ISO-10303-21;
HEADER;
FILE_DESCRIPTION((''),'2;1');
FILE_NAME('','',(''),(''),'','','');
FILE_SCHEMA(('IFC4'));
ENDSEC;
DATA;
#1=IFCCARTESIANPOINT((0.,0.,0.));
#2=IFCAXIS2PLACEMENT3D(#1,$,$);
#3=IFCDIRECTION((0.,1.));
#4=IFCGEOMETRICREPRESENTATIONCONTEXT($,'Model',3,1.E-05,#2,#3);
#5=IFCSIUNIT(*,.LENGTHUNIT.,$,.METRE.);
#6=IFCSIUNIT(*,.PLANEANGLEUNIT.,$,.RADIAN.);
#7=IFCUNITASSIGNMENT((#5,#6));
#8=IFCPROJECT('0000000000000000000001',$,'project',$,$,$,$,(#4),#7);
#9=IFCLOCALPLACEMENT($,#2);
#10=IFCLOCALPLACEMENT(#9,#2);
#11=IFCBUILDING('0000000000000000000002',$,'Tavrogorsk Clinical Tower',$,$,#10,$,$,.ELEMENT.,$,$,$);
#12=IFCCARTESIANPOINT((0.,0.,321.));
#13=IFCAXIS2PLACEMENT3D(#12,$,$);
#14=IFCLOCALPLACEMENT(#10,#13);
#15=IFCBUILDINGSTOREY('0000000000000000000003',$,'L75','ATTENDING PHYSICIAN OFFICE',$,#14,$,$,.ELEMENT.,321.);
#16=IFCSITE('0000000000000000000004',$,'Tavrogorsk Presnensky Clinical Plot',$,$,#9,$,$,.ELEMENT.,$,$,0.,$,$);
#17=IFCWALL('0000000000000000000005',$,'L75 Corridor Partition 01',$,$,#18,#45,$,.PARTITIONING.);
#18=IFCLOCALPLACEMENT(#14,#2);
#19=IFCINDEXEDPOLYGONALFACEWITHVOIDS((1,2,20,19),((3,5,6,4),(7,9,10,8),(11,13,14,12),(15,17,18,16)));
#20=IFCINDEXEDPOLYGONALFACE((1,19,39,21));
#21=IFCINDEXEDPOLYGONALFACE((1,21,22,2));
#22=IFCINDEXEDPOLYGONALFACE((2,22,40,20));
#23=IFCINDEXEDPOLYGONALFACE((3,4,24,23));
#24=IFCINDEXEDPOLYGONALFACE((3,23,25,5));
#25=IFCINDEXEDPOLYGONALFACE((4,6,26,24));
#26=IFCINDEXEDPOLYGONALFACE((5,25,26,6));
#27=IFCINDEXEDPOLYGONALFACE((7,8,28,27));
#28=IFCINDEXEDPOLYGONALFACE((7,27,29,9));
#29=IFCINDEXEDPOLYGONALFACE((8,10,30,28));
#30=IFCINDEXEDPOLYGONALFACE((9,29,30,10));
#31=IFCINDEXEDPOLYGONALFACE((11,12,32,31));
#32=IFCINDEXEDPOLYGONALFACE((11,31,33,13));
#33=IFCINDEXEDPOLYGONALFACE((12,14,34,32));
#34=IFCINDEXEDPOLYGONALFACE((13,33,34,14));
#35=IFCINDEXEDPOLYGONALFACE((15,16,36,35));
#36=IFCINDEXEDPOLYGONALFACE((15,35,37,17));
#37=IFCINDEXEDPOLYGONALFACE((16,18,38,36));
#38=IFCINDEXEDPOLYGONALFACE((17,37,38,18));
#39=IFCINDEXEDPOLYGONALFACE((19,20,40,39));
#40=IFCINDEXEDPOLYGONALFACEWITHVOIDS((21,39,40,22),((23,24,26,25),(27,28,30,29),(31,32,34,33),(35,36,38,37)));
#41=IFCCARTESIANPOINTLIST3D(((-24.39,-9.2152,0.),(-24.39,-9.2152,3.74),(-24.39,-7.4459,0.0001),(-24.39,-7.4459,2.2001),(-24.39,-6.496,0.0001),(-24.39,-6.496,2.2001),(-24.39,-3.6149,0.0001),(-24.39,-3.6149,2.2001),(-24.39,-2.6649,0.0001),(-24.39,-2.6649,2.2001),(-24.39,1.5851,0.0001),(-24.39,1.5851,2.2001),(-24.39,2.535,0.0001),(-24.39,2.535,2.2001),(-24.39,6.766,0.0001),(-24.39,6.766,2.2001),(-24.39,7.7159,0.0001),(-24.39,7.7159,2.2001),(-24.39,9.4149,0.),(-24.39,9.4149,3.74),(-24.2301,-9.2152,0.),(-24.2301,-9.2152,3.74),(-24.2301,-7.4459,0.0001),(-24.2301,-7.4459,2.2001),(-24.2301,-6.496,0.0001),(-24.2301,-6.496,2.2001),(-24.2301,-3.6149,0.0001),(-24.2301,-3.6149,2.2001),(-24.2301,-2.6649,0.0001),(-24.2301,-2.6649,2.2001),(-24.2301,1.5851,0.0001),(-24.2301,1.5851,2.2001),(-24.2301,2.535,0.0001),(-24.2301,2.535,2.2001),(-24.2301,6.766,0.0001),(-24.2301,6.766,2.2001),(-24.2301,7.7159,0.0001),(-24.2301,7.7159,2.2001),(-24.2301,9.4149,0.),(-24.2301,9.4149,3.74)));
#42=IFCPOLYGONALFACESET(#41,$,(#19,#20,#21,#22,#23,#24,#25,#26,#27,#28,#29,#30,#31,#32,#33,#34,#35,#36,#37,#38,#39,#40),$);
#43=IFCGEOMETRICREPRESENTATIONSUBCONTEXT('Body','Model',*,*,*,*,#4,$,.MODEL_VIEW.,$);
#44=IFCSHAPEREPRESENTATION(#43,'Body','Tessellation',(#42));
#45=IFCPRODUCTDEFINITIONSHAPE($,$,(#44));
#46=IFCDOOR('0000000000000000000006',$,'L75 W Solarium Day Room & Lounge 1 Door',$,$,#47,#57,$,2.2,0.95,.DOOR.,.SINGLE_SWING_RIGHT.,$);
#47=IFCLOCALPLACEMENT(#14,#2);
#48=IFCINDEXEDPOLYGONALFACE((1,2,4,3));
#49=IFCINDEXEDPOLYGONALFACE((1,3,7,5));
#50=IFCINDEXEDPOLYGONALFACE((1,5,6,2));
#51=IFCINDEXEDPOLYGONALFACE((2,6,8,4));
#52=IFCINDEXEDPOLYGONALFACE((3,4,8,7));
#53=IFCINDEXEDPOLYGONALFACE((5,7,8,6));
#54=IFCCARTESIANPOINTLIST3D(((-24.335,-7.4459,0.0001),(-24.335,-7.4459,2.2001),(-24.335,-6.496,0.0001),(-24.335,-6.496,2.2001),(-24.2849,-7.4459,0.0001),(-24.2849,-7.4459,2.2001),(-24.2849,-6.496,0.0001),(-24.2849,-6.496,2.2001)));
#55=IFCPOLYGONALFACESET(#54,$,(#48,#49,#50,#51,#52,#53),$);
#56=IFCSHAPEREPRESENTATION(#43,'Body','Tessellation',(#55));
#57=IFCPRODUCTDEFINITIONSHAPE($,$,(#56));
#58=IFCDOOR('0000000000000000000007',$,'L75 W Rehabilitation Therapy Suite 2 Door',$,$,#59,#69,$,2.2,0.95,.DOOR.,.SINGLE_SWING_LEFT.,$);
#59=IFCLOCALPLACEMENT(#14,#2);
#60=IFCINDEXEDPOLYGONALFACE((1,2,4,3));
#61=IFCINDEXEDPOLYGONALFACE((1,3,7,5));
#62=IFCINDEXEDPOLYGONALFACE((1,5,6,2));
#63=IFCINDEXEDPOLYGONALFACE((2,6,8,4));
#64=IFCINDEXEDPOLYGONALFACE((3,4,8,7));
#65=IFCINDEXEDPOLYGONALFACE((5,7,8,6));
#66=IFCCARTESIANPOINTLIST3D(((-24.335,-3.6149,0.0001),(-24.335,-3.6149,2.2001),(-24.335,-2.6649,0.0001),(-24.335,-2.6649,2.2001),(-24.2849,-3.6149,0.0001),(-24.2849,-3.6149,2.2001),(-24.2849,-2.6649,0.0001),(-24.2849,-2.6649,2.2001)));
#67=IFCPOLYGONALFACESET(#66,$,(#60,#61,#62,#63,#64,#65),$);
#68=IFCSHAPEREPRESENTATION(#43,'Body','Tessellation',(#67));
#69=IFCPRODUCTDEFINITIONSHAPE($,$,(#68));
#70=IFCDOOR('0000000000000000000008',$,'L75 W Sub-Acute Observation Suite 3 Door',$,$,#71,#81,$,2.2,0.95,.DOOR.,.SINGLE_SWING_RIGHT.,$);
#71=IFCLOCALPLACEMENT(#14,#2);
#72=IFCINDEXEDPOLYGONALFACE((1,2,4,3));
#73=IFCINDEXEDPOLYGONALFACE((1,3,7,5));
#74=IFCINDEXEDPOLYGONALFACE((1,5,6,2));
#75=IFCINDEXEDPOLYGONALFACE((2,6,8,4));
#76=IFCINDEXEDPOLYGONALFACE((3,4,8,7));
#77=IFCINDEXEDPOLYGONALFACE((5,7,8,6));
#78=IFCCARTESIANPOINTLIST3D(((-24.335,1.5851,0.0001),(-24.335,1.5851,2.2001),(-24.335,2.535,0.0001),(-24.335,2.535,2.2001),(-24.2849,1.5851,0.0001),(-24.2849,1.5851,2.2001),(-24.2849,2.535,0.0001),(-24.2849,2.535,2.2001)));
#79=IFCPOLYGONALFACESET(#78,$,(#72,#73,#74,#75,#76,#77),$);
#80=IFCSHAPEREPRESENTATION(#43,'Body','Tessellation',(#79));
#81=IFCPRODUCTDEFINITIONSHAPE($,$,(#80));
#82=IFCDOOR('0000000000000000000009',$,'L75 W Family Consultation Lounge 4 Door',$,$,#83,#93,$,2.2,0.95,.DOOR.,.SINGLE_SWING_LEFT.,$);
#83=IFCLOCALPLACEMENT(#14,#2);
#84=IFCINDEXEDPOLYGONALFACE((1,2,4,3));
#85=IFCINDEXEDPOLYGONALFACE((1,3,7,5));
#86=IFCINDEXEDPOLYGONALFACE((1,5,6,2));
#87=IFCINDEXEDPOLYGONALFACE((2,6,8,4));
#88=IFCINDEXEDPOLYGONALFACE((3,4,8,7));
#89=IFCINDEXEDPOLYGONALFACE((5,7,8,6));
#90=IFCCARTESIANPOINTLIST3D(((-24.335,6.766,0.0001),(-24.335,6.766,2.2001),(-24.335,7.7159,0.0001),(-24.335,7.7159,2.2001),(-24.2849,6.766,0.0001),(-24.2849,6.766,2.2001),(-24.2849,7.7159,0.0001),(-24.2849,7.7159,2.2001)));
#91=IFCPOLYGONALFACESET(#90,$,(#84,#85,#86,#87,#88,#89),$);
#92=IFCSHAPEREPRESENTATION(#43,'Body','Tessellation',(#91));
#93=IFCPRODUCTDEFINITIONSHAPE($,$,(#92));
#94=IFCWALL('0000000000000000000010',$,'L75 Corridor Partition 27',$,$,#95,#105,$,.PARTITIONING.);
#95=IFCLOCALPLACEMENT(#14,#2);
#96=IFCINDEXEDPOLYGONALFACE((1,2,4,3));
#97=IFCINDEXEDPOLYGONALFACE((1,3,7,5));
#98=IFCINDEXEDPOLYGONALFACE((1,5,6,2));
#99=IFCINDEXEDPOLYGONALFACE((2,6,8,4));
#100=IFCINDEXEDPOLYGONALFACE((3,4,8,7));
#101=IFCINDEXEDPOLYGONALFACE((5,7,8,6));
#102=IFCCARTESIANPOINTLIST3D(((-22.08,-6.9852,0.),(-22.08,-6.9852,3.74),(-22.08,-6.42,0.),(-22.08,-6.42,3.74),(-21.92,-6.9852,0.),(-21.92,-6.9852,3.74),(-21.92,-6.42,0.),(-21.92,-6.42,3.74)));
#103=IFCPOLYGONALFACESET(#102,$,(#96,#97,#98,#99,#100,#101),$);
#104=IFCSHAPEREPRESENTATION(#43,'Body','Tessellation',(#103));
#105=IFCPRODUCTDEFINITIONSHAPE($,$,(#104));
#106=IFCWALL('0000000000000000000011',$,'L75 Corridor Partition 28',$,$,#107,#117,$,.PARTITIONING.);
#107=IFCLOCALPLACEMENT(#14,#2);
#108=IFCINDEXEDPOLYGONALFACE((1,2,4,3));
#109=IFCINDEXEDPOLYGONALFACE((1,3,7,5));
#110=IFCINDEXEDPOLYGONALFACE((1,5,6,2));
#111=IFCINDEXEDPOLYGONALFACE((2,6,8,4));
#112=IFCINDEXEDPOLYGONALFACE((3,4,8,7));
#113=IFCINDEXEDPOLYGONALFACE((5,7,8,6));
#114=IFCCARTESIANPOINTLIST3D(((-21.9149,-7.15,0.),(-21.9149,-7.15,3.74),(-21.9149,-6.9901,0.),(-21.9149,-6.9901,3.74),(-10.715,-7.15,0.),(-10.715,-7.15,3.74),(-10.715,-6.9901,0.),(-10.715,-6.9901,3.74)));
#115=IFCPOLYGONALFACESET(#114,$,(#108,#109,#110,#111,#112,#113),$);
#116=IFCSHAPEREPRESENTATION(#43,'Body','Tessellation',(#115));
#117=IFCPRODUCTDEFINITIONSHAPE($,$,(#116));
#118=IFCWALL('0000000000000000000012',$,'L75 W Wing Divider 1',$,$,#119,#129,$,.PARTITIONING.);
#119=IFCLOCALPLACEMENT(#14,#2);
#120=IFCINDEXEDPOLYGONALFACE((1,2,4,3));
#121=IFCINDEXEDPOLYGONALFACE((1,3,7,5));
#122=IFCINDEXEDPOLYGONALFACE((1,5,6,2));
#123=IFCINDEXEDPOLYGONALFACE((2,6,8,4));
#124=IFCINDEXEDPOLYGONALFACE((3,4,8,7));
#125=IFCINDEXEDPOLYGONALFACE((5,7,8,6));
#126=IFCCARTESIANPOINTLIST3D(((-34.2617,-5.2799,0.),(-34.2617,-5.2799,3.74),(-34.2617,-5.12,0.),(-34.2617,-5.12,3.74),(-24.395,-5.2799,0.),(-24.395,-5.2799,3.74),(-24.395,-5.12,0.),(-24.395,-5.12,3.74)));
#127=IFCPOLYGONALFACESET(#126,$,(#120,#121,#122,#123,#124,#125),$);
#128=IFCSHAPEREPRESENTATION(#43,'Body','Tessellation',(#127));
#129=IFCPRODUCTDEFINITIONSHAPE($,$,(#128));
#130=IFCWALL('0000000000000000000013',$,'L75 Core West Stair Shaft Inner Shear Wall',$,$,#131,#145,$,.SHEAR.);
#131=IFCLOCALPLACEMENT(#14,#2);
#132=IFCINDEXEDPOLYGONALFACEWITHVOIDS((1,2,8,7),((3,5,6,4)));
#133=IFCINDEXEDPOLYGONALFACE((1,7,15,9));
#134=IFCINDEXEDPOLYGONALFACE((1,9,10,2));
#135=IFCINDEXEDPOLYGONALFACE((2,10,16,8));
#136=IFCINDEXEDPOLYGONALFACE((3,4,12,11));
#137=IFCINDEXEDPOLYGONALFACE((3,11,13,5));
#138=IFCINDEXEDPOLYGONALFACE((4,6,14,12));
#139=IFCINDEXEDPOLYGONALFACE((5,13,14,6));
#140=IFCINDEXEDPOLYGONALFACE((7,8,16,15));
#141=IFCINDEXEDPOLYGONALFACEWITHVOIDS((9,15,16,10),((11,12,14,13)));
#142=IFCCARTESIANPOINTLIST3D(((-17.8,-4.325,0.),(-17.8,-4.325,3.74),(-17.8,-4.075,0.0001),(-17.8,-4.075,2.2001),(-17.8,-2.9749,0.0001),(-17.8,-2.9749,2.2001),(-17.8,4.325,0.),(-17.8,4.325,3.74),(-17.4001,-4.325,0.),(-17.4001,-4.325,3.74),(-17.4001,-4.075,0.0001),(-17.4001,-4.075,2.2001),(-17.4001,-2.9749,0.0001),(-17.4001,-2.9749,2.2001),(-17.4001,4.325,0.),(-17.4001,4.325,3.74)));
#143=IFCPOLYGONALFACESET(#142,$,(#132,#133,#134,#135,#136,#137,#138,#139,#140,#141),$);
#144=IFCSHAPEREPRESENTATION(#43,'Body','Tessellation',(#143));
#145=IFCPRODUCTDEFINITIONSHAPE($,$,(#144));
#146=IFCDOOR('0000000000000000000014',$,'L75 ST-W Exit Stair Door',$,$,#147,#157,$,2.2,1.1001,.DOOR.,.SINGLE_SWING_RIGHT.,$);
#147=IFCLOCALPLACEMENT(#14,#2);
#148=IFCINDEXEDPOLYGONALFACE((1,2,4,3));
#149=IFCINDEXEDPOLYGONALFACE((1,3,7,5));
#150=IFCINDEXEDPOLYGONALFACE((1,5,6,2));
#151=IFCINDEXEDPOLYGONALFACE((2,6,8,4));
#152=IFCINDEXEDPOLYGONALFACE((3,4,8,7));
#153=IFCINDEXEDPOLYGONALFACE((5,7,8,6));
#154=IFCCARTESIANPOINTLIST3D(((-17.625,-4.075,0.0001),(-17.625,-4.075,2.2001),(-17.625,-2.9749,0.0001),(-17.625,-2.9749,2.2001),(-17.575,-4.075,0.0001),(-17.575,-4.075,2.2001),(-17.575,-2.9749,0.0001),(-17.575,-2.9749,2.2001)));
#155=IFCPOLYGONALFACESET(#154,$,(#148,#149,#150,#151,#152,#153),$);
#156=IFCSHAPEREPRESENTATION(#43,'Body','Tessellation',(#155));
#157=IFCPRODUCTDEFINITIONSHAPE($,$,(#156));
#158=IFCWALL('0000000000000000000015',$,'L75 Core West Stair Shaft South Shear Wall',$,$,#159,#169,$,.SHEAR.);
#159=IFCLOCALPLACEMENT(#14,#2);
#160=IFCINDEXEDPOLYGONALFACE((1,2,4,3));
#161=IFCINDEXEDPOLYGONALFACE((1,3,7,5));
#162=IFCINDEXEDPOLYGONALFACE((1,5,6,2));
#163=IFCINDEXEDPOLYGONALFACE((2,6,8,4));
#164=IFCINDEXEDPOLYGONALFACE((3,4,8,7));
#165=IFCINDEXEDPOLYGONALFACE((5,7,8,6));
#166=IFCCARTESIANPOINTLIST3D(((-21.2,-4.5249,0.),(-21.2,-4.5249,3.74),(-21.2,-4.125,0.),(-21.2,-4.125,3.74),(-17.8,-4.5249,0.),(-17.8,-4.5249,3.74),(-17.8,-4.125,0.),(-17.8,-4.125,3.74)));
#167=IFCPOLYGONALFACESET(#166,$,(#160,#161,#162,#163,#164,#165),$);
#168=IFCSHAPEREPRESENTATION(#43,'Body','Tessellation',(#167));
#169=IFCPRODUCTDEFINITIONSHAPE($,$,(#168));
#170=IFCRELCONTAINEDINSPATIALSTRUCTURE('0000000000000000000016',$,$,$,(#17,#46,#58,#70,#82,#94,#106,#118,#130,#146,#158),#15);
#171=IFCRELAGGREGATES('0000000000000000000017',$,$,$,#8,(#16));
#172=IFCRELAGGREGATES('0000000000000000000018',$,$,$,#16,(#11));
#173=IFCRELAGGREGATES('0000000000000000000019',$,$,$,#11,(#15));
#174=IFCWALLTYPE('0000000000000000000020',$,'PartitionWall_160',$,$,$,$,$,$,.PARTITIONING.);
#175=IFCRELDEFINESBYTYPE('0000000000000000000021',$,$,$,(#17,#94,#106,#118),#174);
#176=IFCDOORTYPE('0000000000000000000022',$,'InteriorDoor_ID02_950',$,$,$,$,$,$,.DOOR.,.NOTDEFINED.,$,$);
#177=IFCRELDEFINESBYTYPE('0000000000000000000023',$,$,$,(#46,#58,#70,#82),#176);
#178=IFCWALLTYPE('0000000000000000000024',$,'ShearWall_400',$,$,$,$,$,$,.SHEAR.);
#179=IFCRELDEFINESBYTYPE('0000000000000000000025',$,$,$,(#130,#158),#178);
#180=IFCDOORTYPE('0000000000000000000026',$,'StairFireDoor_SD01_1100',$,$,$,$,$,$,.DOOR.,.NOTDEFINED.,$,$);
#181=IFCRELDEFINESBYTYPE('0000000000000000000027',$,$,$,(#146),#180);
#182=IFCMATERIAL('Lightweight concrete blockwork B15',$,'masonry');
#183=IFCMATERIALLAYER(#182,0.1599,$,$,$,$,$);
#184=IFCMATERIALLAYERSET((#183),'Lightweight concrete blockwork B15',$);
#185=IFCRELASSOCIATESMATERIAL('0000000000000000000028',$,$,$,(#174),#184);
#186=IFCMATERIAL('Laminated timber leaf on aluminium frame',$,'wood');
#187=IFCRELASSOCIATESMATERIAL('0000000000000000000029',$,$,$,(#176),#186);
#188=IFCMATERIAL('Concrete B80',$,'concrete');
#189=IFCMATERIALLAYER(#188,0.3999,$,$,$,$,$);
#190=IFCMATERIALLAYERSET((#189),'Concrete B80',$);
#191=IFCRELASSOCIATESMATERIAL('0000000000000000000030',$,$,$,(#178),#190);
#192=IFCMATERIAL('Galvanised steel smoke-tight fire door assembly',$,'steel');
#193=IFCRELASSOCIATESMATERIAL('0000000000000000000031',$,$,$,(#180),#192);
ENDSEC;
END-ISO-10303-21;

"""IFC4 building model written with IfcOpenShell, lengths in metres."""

from ifc_helpers import new_model, si_unit, direction, frame, frame_2d, origin, place, context, subcontext, project, spatial, rectangle, extrude, material, layer, layer_set, type_object, element, fill, save


model = new_model("IFC4")

# Units and contexts
model_context = context("Model", 3, precision=1e-05, world=origin(), true_north=direction((0.0, 1.0)))
body_context = subcontext(model_context, "Body", "Model", "MODEL_VIEW")
ifc_project = project(units=[si_unit("LENGTHUNIT", "METRE"), si_unit("PLANEANGLEUNIT", "RADIAN")], contexts=[model_context])

# Site, building, storey
site_placement = place(None, origin())
site = spatial("IfcSite", under=ifc_project, at=site_placement, Name="Tavrogorsk Presnensky Clinical Plot", CompositionType="ELEMENT", RefElevation=0.0)
building_placement = place(site_placement, origin())
building = spatial("IfcBuilding", under=site, at=building_placement, Name="Tavrogorsk Clinical Tower", CompositionType="ELEMENT")
storey_placement = place(building_placement, frame((0.0, 0.0, 321.0)))
storey = spatial("IfcBuildingStorey", under=building, at=storey_placement, Name="L75", Description="ATTENDING PHYSICIAN OFFICE", CompositionType="ELEMENT", Elevation=321.0)

# Wall, openings, doors
ifc_material_1 = material(Name="Lightweight concrete blockwork B15", Category="masonry")
ifc_layer_1 = layer(ifc_material_1, 0.1599)
ifc_layer_set_1 = layer_set([ifc_layer_1], Name="Lightweight concrete blockwork B15")
wall_type_1 = type_object("IfcWallType", Name="PartitionWall_160", PredefinedType="PARTITIONING", material=ifc_layer_set_1)
wall_1_placement = place(storey_placement, frame((-24.3101, -9.2151, 0.0), z_axis=(0.0, 0.0, 1.0), x_axis=(0.0, 1.0, 0.0)))
wall_1 = element("IfcWall", 1, at=wall_1_placement, inside=storey, type_object=wall_type_1, Name="L75 Corridor Partition 01", PredefinedType="PARTITIONING", context=body_context, shape_type="SweptSolid", body=[
    extrude(rectangle(XDim=18.6301, YDim=0.1599, at=frame_2d((9.3149, 0.0))), origin(), (0.0, 0.0, 1.0), 3.74),
])
opening_1_placement = place(wall_1_placement, frame((1.769, 0.0, 0.0)))
opening_1 = element("IfcOpeningElement", 2, at=opening_1_placement, cuts=wall_1, PredefinedType="OPENING", context=body_context, shape_type="SweptSolid", body=[
    extrude(rectangle(XDim=0.95, YDim=2.2, at=frame_2d((0.4751, 1.1001))), frame((0.0, 0.0898, 0.0), z_axis=(0.0, -1.0, 0.0), x_axis=(1.0, 0.0, 0.0)), (0.0, 0.0, 1.0), 0.1799),
])
opening_2_placement = place(wall_1_placement, frame((5.6001, 0.0, 0.0)))
opening_2 = element("IfcOpeningElement", 3, at=opening_2_placement, cuts=wall_1, PredefinedType="OPENING", context=body_context, shape_type="SweptSolid", body=[
    extrude(rectangle(XDim=0.95, YDim=2.2, at=frame_2d((0.4751, 1.1001))), frame((0.0, 0.0898, 0.0), z_axis=(0.0, -1.0, 0.0), x_axis=(1.0, 0.0, 0.0)), (0.0, 0.0, 1.0), 0.1799),
])
opening_3_placement = place(wall_1_placement, frame((10.8, 0.0, 0.0)))
opening_3 = element("IfcOpeningElement", 4, at=opening_3_placement, cuts=wall_1, PredefinedType="OPENING", context=body_context, shape_type="SweptSolid", body=[
    extrude(rectangle(XDim=0.95, YDim=2.2, at=frame_2d((0.4751, 1.1001))), frame((0.0, 0.0898, 0.0), z_axis=(0.0, -1.0, 0.0), x_axis=(1.0, 0.0, 0.0)), (0.0, 0.0, 1.0), 0.1799),
])
opening_4_placement = place(wall_1_placement, frame((15.981, 0.0, 0.0)))
opening_4 = element("IfcOpeningElement", 5, at=opening_4_placement, cuts=wall_1, PredefinedType="OPENING", context=body_context, shape_type="SweptSolid", body=[
    extrude(rectangle(XDim=0.95, YDim=2.2, at=frame_2d((0.4751, 1.1001))), frame((0.0, 0.0898, 0.0), z_axis=(0.0, -1.0, 0.0), x_axis=(1.0, 0.0, 0.0)), (0.0, 0.0, 1.0), 0.1799),
])
ifc_material_2 = material(Name="Laminated timber leaf on aluminium frame", Category="wood")
door_type_1 = type_object("IfcDoorType", Name="InteriorDoor_ID02_950", OperationType="NOTDEFINED", PredefinedType="DOOR", material=ifc_material_2)
door_1_placement = place(opening_1_placement, origin())
door_1 = element("IfcDoor", 6, at=door_1_placement, inside=storey, type_object=door_type_1, Name="L75 W Solarium Day Room & Lounge 1 Door", OperationType="SINGLE_SWING_RIGHT", OverallHeight=2.2, OverallWidth=0.95, PredefinedType="DOOR", context=body_context, shape_type="SweptSolid", body=[
    extrude(rectangle(XDim=0.95, YDim=2.2, at=frame_2d((0.4751, 1.1001))), frame((0.0, 0.0249, 0.0), z_axis=(0.0, -1.0, 0.0), x_axis=(1.0, 0.0, 0.0)), (0.0, 0.0, 1.0), 0.05),
])
fill(opening_1, door_1)
door_2_placement = place(opening_2_placement, origin())
door_2 = element("IfcDoor", 7, at=door_2_placement, inside=storey, type_object=door_type_1, Name="L75 W Rehabilitation Therapy Suite 2 Door", OperationType="SINGLE_SWING_LEFT", OverallHeight=2.2, OverallWidth=0.95, PredefinedType="DOOR", context=body_context, shape_type="SweptSolid", body=[
    extrude(rectangle(XDim=0.95, YDim=2.2, at=frame_2d((0.4751, 1.1001))), frame((0.0, 0.0249, 0.0), z_axis=(0.0, -1.0, 0.0), x_axis=(1.0, 0.0, 0.0)), (0.0, 0.0, 1.0), 0.05),
])
fill(opening_2, door_2)
door_3_placement = place(opening_3_placement, origin())
door_3 = element("IfcDoor", 8, at=door_3_placement, inside=storey, type_object=door_type_1, Name="L75 W Sub-Acute Observation Suite 3 Door", OperationType="SINGLE_SWING_RIGHT", OverallHeight=2.2, OverallWidth=0.95, PredefinedType="DOOR", context=body_context, shape_type="SweptSolid", body=[
    extrude(rectangle(XDim=0.95, YDim=2.2, at=frame_2d((0.4751, 1.1001))), frame((0.0, 0.0249, 0.0), z_axis=(0.0, -1.0, 0.0), x_axis=(1.0, 0.0, 0.0)), (0.0, 0.0, 1.0), 0.05),
])
fill(opening_3, door_3)
door_4_placement = place(opening_4_placement, origin())
door_4 = element("IfcDoor", 9, at=door_4_placement, inside=storey, type_object=door_type_1, Name="L75 W Family Consultation Lounge 4 Door", OperationType="SINGLE_SWING_LEFT", OverallHeight=2.2, OverallWidth=0.95, PredefinedType="DOOR", context=body_context, shape_type="SweptSolid", body=[
    extrude(rectangle(XDim=0.95, YDim=2.2, at=frame_2d((0.4751, 1.1001))), frame((0.0, 0.0249, 0.0), z_axis=(0.0, -1.0, 0.0), x_axis=(1.0, 0.0, 0.0)), (0.0, 0.0, 1.0), 0.05),
])
fill(opening_4, door_4)

# Walls
wall_2_placement = place(storey_placement, frame((-22.0, -6.4199, 0.0), z_axis=(0.0, 0.0, 1.0), x_axis=(0.0, -1.0, 0.0)))
element("IfcWall", 10, at=wall_2_placement, inside=storey, type_object=wall_type_1, Name="L75 Corridor Partition 27", PredefinedType="PARTITIONING", context=body_context, shape_type="SweptSolid", body=[
    extrude(rectangle(XDim=0.5652, YDim=0.1599, at=frame_2d((0.2827, 0.0))), origin(), (0.0, 0.0, 1.0), 3.74),
])
wall_3_placement = place(storey_placement, frame((-21.915, -7.0701, 0.0), z_axis=(0.0, 0.0, 1.0), x_axis=(1.0, 0.0, 0.0)))
element("IfcWall", 11, at=wall_3_placement, inside=storey, type_object=wall_type_1, Name="L75 Corridor Partition 28", PredefinedType="PARTITIONING", context=body_context, shape_type="SweptSolid", body=[
    extrude(rectangle(XDim=11.2, YDim=0.1599, at=frame_2d((5.6001, 0.0))), origin(), (0.0, 0.0, 1.0), 3.74),
])
wall_4_placement = place(storey_placement, frame((-34.2617, -5.2, 0.0), z_axis=(0.0, 0.0, 1.0), x_axis=(1.0, 0.0, 0.0)))
element("IfcWall", 12, at=wall_4_placement, inside=storey, type_object=wall_type_1, Name="L75 W Wing Divider 1", PredefinedType="PARTITIONING", context=body_context, shape_type="SweptSolid", body=[
    extrude(rectangle(XDim=9.8667, YDim=0.1599, at=frame_2d((4.9333, 0.0))), origin(), (0.0, 0.0, 1.0), 3.74),
])

# Wall, opening, door
ifc_material_3 = material(Name="Concrete B80", Category="concrete")
ifc_layer_2 = layer(ifc_material_3, 0.3999)
ifc_layer_set_2 = layer_set([ifc_layer_2], Name="Concrete B80")
wall_type_2 = type_object("IfcWallType", Name="ShearWall_400", PredefinedType="SHEAR", material=ifc_layer_set_2)
wall_5_placement = place(storey_placement, frame((-17.6001, -4.325, 0.0), z_axis=(0.0, 0.0, 1.0), x_axis=(0.0, 1.0, 0.0)))
wall_5 = element("IfcWall", 13, at=wall_5_placement, inside=storey, type_object=wall_type_2, Name="L75 Core West Stair Shaft Inner Shear Wall", PredefinedType="SHEAR", context=body_context, shape_type="SweptSolid", body=[
    extrude(rectangle(XDim=8.6499, YDim=0.3999, at=frame_2d((4.325, 0.0))), origin(), (0.0, 0.0, 1.0), 3.74),
])
opening_5_placement = place(wall_5_placement, frame((0.25, 0.0, 0.0)))
opening_5 = element("IfcOpeningElement", 14, at=opening_5_placement, cuts=wall_5, PredefinedType="OPENING", context=body_context, shape_type="SweptSolid", body=[
    extrude(rectangle(XDim=1.1001, YDim=2.2, at=frame_2d((0.55, 1.1001))), frame((0.0, 0.21, 0.0), z_axis=(0.0, -1.0, 0.0), x_axis=(1.0, 0.0, 0.0)), (0.0, 0.0, 1.0), 0.4199),
])
ifc_material_4 = material(Name="Galvanised steel smoke-tight fire door assembly", Category="steel")
door_type_2 = type_object("IfcDoorType", Name="StairFireDoor_SD01_1100", OperationType="NOTDEFINED", PredefinedType="DOOR", material=ifc_material_4)
door_5_placement = place(opening_5_placement, origin())
door_5 = element("IfcDoor", 15, at=door_5_placement, inside=storey, type_object=door_type_2, Name="L75 ST-W Exit Stair Door", OperationType="SINGLE_SWING_RIGHT", OverallHeight=2.2, OverallWidth=1.1001, PredefinedType="DOOR", context=body_context, shape_type="SweptSolid", body=[
    extrude(rectangle(XDim=1.1001, YDim=2.2, at=frame_2d((0.55, 1.1001))), frame((0.0, 0.0249, 0.0), z_axis=(0.0, -1.0, 0.0), x_axis=(1.0, 0.0, 0.0)), (0.0, 0.0, 1.0), 0.05),
])
fill(opening_5, door_5)

# Wall
wall_6_placement = place(storey_placement, frame((-21.2, -4.325, 0.0), z_axis=(0.0, 0.0, 1.0), x_axis=(1.0, 0.0, 0.0)))
element("IfcWall", 16, at=wall_6_placement, inside=storey, type_object=wall_type_2, Name="L75 Core West Stair Shaft South Shear Wall", PredefinedType="SHEAR", context=body_context, shape_type="SweptSolid", body=[
    extrude(rectangle(XDim=3.3999, YDim=0.3999, at=frame_2d((1.7, 0.0))), origin(), (0.0, 0.0, 1.0), 3.74),
])

save(model, "model.ifc")
